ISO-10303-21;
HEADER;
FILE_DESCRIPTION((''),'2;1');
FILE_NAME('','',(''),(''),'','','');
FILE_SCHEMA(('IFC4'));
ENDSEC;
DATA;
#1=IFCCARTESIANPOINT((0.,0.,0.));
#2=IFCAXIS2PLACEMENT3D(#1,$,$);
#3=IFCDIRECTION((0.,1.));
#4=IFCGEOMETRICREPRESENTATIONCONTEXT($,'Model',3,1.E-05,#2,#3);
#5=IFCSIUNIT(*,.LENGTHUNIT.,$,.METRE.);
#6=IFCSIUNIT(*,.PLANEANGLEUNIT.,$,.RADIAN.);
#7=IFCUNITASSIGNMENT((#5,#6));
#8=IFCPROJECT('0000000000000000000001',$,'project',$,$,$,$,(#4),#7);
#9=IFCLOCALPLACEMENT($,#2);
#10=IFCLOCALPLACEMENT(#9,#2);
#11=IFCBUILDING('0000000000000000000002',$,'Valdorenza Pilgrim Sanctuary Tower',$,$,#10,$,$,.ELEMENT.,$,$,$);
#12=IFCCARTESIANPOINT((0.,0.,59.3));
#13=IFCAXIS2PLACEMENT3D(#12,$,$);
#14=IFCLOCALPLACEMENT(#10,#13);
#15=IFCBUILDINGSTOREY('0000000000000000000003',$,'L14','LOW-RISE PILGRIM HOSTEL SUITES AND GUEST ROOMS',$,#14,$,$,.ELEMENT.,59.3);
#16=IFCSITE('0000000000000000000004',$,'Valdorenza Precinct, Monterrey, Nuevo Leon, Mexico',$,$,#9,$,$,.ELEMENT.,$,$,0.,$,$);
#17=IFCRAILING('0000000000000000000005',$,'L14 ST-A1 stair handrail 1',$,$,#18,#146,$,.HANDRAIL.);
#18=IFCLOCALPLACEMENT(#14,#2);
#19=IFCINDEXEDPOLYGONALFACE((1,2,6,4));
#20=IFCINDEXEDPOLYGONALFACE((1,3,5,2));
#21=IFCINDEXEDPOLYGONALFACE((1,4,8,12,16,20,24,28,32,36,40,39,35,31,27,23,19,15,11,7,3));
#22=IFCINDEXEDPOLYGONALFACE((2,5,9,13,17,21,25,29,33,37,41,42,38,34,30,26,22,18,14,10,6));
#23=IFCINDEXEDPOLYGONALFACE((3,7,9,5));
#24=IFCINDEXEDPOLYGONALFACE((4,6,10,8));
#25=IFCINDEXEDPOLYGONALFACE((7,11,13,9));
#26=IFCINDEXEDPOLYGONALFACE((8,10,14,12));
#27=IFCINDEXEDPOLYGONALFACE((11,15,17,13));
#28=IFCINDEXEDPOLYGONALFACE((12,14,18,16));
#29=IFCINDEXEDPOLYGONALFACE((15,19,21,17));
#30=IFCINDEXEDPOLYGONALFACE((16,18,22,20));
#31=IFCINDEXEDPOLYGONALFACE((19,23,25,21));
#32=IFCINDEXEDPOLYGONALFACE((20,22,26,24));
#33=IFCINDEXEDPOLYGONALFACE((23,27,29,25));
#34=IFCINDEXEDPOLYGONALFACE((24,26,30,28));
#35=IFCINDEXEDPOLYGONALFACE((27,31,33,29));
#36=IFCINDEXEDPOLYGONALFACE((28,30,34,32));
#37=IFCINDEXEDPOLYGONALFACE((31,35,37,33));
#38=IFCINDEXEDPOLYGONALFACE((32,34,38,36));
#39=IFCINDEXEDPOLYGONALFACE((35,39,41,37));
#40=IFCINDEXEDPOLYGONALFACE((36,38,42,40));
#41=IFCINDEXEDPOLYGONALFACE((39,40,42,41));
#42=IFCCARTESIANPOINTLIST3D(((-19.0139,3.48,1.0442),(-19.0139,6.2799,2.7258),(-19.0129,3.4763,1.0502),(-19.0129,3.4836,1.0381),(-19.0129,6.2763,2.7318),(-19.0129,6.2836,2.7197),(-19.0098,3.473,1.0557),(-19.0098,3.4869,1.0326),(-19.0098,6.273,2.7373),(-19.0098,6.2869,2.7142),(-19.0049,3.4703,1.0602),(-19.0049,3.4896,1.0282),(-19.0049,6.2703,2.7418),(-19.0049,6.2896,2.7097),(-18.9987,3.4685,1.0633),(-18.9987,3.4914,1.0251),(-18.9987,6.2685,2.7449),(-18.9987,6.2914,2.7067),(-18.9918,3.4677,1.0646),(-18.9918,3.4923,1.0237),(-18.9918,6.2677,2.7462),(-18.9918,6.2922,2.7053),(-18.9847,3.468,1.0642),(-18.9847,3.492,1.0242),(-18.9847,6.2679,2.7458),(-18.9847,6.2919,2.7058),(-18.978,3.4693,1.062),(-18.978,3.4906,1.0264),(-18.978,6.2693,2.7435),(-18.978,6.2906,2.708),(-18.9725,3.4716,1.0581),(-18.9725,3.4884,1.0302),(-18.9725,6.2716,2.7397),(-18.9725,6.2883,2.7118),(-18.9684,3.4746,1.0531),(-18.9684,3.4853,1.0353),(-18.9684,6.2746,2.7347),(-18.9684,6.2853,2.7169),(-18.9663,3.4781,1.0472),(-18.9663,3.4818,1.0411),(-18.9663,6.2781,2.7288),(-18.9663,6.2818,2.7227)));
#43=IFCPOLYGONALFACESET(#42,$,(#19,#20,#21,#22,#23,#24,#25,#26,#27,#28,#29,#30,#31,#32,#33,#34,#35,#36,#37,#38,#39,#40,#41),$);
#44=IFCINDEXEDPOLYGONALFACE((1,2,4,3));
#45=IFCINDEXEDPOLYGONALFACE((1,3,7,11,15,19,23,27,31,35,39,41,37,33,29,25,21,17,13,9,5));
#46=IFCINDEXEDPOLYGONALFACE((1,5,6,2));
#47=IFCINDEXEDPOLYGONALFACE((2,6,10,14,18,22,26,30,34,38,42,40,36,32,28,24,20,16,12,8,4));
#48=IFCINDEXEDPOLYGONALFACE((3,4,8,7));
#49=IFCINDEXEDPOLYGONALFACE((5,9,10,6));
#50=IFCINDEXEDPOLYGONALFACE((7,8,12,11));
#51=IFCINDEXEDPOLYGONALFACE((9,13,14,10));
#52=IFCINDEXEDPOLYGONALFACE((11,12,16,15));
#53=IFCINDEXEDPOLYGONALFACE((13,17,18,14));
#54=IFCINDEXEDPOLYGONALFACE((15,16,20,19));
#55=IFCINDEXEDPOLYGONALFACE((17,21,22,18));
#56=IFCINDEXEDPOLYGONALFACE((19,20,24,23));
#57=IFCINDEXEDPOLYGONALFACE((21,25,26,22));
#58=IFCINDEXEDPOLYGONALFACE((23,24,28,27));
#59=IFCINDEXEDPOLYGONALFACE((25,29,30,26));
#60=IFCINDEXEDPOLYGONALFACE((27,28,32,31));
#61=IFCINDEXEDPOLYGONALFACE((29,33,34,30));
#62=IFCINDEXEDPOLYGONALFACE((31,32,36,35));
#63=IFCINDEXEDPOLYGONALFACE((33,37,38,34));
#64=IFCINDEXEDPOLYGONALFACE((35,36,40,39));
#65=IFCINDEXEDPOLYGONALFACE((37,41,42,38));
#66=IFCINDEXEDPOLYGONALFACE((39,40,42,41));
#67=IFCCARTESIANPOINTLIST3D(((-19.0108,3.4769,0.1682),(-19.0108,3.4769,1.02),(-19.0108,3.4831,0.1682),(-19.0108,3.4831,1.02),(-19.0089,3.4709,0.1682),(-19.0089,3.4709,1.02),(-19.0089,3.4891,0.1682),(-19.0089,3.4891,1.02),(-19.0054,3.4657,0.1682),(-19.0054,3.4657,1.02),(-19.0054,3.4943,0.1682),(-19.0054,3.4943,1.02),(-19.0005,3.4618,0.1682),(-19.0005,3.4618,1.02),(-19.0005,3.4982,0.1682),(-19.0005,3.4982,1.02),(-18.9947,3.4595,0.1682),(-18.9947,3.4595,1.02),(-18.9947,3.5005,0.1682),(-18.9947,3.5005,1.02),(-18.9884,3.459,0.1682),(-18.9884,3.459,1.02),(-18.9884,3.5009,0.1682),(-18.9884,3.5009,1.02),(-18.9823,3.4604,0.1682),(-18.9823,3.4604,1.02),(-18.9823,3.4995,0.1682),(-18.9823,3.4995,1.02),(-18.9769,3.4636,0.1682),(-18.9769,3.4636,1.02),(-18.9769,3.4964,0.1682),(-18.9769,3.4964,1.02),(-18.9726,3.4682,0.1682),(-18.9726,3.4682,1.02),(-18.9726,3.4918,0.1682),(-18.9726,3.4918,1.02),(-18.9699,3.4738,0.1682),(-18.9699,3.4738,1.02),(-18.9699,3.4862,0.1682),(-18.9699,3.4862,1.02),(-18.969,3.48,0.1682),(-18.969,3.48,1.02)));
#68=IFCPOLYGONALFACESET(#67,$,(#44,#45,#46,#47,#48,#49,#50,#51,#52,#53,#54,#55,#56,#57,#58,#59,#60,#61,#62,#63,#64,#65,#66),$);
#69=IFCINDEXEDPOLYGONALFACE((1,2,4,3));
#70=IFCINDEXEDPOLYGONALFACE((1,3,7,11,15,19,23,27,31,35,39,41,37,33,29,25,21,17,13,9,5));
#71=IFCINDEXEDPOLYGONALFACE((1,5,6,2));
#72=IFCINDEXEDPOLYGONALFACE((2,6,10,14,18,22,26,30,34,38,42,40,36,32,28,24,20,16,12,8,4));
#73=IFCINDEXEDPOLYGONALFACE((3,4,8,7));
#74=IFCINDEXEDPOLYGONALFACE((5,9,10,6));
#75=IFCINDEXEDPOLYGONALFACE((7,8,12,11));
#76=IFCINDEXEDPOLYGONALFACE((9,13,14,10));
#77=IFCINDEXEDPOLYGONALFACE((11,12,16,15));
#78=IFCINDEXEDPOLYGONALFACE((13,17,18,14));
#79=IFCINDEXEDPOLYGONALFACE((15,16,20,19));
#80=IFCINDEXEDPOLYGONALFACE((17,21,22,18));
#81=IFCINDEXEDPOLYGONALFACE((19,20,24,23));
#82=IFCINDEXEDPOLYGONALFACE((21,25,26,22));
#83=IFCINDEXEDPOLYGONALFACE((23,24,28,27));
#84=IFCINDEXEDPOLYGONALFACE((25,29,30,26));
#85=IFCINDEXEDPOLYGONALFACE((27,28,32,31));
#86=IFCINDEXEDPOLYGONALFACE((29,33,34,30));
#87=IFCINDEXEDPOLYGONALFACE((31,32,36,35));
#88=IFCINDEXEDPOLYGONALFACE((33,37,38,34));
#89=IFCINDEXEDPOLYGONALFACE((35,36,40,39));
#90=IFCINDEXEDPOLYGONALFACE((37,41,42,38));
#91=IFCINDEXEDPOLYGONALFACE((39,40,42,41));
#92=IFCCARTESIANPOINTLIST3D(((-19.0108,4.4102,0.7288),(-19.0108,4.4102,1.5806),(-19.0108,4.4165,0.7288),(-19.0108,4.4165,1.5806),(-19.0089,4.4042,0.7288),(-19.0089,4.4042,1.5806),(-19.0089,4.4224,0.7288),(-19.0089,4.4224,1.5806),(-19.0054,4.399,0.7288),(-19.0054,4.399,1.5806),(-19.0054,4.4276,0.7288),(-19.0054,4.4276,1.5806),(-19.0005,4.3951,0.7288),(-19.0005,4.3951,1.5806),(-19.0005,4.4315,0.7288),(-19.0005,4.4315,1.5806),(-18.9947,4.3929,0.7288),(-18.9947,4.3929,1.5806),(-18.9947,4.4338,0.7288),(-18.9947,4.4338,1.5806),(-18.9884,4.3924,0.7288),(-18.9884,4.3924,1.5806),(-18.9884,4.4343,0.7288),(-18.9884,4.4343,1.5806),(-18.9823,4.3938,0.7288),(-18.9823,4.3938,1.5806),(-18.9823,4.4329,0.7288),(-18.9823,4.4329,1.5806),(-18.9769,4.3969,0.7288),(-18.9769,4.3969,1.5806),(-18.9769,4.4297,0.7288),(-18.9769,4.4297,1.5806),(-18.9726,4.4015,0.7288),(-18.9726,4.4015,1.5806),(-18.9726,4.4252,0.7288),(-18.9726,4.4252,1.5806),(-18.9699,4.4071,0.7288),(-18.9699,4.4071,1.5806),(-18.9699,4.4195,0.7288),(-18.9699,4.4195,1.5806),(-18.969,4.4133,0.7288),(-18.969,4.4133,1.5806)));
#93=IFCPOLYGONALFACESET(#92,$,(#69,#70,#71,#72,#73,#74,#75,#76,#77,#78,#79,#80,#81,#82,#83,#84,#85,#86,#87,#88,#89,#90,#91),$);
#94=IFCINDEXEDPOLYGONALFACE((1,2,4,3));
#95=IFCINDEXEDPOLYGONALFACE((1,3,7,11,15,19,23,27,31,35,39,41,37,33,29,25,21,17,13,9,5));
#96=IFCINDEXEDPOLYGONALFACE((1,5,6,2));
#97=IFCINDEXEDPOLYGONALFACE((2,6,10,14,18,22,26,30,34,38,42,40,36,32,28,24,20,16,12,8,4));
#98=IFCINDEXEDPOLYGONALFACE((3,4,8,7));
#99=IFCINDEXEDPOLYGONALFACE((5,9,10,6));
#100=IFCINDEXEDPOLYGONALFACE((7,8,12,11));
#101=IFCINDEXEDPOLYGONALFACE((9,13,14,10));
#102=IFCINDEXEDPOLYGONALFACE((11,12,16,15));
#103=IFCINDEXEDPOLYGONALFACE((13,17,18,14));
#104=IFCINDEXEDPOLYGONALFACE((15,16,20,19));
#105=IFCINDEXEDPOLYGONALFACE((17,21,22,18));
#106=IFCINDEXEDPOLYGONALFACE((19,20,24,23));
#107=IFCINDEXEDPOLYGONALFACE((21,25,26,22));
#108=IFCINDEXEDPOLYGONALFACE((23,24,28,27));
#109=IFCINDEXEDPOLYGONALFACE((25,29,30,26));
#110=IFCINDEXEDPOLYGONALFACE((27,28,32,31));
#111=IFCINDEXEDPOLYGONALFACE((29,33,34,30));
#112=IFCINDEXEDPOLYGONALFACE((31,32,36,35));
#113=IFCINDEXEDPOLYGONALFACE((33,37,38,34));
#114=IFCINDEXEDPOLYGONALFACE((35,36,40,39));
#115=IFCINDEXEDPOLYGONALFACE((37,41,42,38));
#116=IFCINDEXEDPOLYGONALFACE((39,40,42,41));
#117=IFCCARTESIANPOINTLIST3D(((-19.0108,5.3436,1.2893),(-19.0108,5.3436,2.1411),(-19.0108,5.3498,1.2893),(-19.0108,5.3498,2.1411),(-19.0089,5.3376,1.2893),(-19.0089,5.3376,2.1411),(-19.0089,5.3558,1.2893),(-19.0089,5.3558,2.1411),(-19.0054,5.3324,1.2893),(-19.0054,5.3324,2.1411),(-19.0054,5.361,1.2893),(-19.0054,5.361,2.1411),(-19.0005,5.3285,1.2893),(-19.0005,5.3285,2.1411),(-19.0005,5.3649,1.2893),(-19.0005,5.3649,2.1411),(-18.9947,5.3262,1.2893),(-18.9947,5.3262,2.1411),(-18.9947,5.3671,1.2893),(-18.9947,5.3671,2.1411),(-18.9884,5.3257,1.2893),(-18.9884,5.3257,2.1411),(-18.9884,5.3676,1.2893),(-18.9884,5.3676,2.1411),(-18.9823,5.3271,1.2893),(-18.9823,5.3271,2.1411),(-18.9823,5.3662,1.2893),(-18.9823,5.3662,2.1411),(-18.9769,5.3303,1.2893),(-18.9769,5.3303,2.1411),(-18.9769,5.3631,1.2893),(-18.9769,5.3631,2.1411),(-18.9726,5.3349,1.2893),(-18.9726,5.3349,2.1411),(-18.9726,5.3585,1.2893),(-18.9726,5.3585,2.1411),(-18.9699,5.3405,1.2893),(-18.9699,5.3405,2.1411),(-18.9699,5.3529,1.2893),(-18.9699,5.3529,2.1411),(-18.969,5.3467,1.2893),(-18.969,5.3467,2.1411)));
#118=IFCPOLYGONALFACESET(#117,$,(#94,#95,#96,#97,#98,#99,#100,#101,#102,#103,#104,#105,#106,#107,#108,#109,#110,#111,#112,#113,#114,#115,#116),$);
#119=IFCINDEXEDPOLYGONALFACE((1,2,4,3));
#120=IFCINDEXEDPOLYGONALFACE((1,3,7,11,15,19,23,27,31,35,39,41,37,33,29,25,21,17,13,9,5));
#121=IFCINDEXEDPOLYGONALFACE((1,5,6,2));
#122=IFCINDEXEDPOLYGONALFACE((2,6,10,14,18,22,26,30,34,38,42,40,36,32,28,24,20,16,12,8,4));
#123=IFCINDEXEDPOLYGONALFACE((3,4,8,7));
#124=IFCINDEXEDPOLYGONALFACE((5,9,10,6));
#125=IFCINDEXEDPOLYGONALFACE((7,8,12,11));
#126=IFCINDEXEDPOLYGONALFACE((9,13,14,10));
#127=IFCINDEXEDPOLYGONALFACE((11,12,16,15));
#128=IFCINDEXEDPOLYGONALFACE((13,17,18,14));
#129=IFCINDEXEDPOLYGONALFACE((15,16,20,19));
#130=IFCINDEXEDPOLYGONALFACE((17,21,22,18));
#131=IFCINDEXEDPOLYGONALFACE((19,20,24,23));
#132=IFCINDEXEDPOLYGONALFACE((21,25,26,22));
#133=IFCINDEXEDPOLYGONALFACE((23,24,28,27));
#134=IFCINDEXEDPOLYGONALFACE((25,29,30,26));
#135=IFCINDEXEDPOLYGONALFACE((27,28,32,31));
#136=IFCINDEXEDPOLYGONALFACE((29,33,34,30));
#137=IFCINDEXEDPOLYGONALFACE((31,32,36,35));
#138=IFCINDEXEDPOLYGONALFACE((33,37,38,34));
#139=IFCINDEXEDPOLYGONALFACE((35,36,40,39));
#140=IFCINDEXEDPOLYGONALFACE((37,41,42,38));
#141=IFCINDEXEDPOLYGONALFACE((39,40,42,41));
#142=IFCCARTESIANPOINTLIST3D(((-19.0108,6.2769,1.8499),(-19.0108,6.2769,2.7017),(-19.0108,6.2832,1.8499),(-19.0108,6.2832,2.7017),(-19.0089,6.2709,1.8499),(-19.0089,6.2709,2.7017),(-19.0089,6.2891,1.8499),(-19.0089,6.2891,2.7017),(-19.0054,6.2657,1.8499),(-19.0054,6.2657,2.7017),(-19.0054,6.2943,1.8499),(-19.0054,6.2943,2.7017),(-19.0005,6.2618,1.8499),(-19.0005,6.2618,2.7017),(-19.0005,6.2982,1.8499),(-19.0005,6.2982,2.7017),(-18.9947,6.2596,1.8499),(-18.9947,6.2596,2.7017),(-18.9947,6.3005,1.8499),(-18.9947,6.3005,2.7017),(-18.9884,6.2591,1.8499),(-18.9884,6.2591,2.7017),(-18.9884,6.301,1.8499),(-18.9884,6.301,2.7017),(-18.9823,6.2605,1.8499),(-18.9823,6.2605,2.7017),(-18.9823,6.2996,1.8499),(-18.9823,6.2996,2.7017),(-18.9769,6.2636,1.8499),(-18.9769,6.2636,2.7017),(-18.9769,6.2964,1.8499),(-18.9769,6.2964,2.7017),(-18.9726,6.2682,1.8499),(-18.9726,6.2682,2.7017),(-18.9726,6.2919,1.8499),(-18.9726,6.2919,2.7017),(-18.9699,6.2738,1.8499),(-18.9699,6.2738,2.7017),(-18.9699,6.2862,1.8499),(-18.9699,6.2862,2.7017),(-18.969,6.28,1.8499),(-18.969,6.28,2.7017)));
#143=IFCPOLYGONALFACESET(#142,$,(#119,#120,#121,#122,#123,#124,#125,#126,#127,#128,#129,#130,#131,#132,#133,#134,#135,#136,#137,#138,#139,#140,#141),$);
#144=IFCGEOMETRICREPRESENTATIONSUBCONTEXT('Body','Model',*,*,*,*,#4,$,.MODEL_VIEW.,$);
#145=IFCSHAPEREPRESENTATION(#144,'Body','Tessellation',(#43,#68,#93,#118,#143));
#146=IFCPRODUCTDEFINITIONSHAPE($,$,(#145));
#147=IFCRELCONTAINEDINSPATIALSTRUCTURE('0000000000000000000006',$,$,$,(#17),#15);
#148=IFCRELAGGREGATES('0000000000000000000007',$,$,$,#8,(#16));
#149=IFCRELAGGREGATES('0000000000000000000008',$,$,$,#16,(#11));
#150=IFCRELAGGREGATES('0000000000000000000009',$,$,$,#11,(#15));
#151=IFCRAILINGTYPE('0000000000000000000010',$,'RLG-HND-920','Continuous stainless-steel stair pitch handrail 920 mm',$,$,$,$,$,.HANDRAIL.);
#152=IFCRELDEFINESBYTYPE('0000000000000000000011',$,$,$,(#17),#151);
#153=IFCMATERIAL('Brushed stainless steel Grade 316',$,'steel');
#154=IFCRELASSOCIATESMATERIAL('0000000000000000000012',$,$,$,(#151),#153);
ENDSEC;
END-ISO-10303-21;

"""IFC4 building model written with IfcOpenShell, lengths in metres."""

from ifc_helpers import new_model, si_unit, direction, frame, origin, origin_2d, place, context, subcontext, project, spatial, circle, extrude, material, type_object, element, save


model = new_model("IFC4")

# Units and contexts
model_context = context("Model", 3, precision=1e-05, world=origin(), true_north=direction((0.0, 1.0)))
body_context = subcontext(model_context, "Body", "Model", "MODEL_VIEW")
ifc_project = project(units=[si_unit("LENGTHUNIT", "METRE"), si_unit("PLANEANGLEUNIT", "RADIAN")], contexts=[model_context])

# Site, building, storey
site_placement = place(None, origin())
site = spatial("IfcSite", under=ifc_project, at=site_placement, Name="Valdorenza Precinct, Monterrey, Nuevo Leon, Mexico", CompositionType="ELEMENT", RefElevation=0.0)
building_placement = place(site_placement, origin())
building = spatial("IfcBuilding", under=site, at=building_placement, Name="Valdorenza Pilgrim Sanctuary Tower", CompositionType="ELEMENT")
storey_placement = place(building_placement, frame((0.0, 0.0, 59.3)))
storey = spatial("IfcBuildingStorey", under=building, at=storey_placement, Name="L14", Description="LOW-RISE PILGRIM HOSTEL SUITES AND GUEST ROOMS", CompositionType="ELEMENT", Elevation=59.3)

# Shared definitions
ifc_material_1 = material(Name="Brushed stainless steel Grade 316", Category="steel")

# Railing
railing_type_1 = type_object("IfcRailingType", Name="RLG-HND-920", Description="Continuous stainless-steel stair pitch handrail 920 mm", PredefinedType="HANDRAIL", material=ifc_material_1)
railing_1_placement = place(storey_placement, frame((-18.99, 3.48, 0.1682)))
element("IfcRailing", 1, at=railing_1_placement, inside=storey, type_object=railing_type_1, Name="L14 ST-A1 stair handrail 1", PredefinedType="HANDRAIL", context=body_context, shape_type="SweptSolid", body=[
    extrude(circle(Radius=0.0239, at=origin_2d()), frame((0.0, 0.0, 0.876), z_axis=(0.0, 0.857275, 0.514858), x_axis=(-1.0, 0.0, 0.0)), (0.0, 0.0, 1.0), 3.2661),
    extrude(circle(Radius=0.021, at=origin_2d()), origin(), (0.0, 0.0, 1.0), 0.8518),
    extrude(circle(Radius=0.021, at=origin_2d()), frame((0.0, 0.9333, 0.5605)), (0.0, 0.0, 1.0), 0.8518),
    extrude(circle(Radius=0.021, at=origin_2d()), frame((0.0, 1.8667, 1.1211)), (0.0, 0.0, 1.0), 0.8518),
    extrude(circle(Radius=0.021, at=origin_2d()), frame((0.0, 2.8, 1.6816)), (0.0, 0.0, 1.0), 0.8518),
])

save(model, "model.ifc")
